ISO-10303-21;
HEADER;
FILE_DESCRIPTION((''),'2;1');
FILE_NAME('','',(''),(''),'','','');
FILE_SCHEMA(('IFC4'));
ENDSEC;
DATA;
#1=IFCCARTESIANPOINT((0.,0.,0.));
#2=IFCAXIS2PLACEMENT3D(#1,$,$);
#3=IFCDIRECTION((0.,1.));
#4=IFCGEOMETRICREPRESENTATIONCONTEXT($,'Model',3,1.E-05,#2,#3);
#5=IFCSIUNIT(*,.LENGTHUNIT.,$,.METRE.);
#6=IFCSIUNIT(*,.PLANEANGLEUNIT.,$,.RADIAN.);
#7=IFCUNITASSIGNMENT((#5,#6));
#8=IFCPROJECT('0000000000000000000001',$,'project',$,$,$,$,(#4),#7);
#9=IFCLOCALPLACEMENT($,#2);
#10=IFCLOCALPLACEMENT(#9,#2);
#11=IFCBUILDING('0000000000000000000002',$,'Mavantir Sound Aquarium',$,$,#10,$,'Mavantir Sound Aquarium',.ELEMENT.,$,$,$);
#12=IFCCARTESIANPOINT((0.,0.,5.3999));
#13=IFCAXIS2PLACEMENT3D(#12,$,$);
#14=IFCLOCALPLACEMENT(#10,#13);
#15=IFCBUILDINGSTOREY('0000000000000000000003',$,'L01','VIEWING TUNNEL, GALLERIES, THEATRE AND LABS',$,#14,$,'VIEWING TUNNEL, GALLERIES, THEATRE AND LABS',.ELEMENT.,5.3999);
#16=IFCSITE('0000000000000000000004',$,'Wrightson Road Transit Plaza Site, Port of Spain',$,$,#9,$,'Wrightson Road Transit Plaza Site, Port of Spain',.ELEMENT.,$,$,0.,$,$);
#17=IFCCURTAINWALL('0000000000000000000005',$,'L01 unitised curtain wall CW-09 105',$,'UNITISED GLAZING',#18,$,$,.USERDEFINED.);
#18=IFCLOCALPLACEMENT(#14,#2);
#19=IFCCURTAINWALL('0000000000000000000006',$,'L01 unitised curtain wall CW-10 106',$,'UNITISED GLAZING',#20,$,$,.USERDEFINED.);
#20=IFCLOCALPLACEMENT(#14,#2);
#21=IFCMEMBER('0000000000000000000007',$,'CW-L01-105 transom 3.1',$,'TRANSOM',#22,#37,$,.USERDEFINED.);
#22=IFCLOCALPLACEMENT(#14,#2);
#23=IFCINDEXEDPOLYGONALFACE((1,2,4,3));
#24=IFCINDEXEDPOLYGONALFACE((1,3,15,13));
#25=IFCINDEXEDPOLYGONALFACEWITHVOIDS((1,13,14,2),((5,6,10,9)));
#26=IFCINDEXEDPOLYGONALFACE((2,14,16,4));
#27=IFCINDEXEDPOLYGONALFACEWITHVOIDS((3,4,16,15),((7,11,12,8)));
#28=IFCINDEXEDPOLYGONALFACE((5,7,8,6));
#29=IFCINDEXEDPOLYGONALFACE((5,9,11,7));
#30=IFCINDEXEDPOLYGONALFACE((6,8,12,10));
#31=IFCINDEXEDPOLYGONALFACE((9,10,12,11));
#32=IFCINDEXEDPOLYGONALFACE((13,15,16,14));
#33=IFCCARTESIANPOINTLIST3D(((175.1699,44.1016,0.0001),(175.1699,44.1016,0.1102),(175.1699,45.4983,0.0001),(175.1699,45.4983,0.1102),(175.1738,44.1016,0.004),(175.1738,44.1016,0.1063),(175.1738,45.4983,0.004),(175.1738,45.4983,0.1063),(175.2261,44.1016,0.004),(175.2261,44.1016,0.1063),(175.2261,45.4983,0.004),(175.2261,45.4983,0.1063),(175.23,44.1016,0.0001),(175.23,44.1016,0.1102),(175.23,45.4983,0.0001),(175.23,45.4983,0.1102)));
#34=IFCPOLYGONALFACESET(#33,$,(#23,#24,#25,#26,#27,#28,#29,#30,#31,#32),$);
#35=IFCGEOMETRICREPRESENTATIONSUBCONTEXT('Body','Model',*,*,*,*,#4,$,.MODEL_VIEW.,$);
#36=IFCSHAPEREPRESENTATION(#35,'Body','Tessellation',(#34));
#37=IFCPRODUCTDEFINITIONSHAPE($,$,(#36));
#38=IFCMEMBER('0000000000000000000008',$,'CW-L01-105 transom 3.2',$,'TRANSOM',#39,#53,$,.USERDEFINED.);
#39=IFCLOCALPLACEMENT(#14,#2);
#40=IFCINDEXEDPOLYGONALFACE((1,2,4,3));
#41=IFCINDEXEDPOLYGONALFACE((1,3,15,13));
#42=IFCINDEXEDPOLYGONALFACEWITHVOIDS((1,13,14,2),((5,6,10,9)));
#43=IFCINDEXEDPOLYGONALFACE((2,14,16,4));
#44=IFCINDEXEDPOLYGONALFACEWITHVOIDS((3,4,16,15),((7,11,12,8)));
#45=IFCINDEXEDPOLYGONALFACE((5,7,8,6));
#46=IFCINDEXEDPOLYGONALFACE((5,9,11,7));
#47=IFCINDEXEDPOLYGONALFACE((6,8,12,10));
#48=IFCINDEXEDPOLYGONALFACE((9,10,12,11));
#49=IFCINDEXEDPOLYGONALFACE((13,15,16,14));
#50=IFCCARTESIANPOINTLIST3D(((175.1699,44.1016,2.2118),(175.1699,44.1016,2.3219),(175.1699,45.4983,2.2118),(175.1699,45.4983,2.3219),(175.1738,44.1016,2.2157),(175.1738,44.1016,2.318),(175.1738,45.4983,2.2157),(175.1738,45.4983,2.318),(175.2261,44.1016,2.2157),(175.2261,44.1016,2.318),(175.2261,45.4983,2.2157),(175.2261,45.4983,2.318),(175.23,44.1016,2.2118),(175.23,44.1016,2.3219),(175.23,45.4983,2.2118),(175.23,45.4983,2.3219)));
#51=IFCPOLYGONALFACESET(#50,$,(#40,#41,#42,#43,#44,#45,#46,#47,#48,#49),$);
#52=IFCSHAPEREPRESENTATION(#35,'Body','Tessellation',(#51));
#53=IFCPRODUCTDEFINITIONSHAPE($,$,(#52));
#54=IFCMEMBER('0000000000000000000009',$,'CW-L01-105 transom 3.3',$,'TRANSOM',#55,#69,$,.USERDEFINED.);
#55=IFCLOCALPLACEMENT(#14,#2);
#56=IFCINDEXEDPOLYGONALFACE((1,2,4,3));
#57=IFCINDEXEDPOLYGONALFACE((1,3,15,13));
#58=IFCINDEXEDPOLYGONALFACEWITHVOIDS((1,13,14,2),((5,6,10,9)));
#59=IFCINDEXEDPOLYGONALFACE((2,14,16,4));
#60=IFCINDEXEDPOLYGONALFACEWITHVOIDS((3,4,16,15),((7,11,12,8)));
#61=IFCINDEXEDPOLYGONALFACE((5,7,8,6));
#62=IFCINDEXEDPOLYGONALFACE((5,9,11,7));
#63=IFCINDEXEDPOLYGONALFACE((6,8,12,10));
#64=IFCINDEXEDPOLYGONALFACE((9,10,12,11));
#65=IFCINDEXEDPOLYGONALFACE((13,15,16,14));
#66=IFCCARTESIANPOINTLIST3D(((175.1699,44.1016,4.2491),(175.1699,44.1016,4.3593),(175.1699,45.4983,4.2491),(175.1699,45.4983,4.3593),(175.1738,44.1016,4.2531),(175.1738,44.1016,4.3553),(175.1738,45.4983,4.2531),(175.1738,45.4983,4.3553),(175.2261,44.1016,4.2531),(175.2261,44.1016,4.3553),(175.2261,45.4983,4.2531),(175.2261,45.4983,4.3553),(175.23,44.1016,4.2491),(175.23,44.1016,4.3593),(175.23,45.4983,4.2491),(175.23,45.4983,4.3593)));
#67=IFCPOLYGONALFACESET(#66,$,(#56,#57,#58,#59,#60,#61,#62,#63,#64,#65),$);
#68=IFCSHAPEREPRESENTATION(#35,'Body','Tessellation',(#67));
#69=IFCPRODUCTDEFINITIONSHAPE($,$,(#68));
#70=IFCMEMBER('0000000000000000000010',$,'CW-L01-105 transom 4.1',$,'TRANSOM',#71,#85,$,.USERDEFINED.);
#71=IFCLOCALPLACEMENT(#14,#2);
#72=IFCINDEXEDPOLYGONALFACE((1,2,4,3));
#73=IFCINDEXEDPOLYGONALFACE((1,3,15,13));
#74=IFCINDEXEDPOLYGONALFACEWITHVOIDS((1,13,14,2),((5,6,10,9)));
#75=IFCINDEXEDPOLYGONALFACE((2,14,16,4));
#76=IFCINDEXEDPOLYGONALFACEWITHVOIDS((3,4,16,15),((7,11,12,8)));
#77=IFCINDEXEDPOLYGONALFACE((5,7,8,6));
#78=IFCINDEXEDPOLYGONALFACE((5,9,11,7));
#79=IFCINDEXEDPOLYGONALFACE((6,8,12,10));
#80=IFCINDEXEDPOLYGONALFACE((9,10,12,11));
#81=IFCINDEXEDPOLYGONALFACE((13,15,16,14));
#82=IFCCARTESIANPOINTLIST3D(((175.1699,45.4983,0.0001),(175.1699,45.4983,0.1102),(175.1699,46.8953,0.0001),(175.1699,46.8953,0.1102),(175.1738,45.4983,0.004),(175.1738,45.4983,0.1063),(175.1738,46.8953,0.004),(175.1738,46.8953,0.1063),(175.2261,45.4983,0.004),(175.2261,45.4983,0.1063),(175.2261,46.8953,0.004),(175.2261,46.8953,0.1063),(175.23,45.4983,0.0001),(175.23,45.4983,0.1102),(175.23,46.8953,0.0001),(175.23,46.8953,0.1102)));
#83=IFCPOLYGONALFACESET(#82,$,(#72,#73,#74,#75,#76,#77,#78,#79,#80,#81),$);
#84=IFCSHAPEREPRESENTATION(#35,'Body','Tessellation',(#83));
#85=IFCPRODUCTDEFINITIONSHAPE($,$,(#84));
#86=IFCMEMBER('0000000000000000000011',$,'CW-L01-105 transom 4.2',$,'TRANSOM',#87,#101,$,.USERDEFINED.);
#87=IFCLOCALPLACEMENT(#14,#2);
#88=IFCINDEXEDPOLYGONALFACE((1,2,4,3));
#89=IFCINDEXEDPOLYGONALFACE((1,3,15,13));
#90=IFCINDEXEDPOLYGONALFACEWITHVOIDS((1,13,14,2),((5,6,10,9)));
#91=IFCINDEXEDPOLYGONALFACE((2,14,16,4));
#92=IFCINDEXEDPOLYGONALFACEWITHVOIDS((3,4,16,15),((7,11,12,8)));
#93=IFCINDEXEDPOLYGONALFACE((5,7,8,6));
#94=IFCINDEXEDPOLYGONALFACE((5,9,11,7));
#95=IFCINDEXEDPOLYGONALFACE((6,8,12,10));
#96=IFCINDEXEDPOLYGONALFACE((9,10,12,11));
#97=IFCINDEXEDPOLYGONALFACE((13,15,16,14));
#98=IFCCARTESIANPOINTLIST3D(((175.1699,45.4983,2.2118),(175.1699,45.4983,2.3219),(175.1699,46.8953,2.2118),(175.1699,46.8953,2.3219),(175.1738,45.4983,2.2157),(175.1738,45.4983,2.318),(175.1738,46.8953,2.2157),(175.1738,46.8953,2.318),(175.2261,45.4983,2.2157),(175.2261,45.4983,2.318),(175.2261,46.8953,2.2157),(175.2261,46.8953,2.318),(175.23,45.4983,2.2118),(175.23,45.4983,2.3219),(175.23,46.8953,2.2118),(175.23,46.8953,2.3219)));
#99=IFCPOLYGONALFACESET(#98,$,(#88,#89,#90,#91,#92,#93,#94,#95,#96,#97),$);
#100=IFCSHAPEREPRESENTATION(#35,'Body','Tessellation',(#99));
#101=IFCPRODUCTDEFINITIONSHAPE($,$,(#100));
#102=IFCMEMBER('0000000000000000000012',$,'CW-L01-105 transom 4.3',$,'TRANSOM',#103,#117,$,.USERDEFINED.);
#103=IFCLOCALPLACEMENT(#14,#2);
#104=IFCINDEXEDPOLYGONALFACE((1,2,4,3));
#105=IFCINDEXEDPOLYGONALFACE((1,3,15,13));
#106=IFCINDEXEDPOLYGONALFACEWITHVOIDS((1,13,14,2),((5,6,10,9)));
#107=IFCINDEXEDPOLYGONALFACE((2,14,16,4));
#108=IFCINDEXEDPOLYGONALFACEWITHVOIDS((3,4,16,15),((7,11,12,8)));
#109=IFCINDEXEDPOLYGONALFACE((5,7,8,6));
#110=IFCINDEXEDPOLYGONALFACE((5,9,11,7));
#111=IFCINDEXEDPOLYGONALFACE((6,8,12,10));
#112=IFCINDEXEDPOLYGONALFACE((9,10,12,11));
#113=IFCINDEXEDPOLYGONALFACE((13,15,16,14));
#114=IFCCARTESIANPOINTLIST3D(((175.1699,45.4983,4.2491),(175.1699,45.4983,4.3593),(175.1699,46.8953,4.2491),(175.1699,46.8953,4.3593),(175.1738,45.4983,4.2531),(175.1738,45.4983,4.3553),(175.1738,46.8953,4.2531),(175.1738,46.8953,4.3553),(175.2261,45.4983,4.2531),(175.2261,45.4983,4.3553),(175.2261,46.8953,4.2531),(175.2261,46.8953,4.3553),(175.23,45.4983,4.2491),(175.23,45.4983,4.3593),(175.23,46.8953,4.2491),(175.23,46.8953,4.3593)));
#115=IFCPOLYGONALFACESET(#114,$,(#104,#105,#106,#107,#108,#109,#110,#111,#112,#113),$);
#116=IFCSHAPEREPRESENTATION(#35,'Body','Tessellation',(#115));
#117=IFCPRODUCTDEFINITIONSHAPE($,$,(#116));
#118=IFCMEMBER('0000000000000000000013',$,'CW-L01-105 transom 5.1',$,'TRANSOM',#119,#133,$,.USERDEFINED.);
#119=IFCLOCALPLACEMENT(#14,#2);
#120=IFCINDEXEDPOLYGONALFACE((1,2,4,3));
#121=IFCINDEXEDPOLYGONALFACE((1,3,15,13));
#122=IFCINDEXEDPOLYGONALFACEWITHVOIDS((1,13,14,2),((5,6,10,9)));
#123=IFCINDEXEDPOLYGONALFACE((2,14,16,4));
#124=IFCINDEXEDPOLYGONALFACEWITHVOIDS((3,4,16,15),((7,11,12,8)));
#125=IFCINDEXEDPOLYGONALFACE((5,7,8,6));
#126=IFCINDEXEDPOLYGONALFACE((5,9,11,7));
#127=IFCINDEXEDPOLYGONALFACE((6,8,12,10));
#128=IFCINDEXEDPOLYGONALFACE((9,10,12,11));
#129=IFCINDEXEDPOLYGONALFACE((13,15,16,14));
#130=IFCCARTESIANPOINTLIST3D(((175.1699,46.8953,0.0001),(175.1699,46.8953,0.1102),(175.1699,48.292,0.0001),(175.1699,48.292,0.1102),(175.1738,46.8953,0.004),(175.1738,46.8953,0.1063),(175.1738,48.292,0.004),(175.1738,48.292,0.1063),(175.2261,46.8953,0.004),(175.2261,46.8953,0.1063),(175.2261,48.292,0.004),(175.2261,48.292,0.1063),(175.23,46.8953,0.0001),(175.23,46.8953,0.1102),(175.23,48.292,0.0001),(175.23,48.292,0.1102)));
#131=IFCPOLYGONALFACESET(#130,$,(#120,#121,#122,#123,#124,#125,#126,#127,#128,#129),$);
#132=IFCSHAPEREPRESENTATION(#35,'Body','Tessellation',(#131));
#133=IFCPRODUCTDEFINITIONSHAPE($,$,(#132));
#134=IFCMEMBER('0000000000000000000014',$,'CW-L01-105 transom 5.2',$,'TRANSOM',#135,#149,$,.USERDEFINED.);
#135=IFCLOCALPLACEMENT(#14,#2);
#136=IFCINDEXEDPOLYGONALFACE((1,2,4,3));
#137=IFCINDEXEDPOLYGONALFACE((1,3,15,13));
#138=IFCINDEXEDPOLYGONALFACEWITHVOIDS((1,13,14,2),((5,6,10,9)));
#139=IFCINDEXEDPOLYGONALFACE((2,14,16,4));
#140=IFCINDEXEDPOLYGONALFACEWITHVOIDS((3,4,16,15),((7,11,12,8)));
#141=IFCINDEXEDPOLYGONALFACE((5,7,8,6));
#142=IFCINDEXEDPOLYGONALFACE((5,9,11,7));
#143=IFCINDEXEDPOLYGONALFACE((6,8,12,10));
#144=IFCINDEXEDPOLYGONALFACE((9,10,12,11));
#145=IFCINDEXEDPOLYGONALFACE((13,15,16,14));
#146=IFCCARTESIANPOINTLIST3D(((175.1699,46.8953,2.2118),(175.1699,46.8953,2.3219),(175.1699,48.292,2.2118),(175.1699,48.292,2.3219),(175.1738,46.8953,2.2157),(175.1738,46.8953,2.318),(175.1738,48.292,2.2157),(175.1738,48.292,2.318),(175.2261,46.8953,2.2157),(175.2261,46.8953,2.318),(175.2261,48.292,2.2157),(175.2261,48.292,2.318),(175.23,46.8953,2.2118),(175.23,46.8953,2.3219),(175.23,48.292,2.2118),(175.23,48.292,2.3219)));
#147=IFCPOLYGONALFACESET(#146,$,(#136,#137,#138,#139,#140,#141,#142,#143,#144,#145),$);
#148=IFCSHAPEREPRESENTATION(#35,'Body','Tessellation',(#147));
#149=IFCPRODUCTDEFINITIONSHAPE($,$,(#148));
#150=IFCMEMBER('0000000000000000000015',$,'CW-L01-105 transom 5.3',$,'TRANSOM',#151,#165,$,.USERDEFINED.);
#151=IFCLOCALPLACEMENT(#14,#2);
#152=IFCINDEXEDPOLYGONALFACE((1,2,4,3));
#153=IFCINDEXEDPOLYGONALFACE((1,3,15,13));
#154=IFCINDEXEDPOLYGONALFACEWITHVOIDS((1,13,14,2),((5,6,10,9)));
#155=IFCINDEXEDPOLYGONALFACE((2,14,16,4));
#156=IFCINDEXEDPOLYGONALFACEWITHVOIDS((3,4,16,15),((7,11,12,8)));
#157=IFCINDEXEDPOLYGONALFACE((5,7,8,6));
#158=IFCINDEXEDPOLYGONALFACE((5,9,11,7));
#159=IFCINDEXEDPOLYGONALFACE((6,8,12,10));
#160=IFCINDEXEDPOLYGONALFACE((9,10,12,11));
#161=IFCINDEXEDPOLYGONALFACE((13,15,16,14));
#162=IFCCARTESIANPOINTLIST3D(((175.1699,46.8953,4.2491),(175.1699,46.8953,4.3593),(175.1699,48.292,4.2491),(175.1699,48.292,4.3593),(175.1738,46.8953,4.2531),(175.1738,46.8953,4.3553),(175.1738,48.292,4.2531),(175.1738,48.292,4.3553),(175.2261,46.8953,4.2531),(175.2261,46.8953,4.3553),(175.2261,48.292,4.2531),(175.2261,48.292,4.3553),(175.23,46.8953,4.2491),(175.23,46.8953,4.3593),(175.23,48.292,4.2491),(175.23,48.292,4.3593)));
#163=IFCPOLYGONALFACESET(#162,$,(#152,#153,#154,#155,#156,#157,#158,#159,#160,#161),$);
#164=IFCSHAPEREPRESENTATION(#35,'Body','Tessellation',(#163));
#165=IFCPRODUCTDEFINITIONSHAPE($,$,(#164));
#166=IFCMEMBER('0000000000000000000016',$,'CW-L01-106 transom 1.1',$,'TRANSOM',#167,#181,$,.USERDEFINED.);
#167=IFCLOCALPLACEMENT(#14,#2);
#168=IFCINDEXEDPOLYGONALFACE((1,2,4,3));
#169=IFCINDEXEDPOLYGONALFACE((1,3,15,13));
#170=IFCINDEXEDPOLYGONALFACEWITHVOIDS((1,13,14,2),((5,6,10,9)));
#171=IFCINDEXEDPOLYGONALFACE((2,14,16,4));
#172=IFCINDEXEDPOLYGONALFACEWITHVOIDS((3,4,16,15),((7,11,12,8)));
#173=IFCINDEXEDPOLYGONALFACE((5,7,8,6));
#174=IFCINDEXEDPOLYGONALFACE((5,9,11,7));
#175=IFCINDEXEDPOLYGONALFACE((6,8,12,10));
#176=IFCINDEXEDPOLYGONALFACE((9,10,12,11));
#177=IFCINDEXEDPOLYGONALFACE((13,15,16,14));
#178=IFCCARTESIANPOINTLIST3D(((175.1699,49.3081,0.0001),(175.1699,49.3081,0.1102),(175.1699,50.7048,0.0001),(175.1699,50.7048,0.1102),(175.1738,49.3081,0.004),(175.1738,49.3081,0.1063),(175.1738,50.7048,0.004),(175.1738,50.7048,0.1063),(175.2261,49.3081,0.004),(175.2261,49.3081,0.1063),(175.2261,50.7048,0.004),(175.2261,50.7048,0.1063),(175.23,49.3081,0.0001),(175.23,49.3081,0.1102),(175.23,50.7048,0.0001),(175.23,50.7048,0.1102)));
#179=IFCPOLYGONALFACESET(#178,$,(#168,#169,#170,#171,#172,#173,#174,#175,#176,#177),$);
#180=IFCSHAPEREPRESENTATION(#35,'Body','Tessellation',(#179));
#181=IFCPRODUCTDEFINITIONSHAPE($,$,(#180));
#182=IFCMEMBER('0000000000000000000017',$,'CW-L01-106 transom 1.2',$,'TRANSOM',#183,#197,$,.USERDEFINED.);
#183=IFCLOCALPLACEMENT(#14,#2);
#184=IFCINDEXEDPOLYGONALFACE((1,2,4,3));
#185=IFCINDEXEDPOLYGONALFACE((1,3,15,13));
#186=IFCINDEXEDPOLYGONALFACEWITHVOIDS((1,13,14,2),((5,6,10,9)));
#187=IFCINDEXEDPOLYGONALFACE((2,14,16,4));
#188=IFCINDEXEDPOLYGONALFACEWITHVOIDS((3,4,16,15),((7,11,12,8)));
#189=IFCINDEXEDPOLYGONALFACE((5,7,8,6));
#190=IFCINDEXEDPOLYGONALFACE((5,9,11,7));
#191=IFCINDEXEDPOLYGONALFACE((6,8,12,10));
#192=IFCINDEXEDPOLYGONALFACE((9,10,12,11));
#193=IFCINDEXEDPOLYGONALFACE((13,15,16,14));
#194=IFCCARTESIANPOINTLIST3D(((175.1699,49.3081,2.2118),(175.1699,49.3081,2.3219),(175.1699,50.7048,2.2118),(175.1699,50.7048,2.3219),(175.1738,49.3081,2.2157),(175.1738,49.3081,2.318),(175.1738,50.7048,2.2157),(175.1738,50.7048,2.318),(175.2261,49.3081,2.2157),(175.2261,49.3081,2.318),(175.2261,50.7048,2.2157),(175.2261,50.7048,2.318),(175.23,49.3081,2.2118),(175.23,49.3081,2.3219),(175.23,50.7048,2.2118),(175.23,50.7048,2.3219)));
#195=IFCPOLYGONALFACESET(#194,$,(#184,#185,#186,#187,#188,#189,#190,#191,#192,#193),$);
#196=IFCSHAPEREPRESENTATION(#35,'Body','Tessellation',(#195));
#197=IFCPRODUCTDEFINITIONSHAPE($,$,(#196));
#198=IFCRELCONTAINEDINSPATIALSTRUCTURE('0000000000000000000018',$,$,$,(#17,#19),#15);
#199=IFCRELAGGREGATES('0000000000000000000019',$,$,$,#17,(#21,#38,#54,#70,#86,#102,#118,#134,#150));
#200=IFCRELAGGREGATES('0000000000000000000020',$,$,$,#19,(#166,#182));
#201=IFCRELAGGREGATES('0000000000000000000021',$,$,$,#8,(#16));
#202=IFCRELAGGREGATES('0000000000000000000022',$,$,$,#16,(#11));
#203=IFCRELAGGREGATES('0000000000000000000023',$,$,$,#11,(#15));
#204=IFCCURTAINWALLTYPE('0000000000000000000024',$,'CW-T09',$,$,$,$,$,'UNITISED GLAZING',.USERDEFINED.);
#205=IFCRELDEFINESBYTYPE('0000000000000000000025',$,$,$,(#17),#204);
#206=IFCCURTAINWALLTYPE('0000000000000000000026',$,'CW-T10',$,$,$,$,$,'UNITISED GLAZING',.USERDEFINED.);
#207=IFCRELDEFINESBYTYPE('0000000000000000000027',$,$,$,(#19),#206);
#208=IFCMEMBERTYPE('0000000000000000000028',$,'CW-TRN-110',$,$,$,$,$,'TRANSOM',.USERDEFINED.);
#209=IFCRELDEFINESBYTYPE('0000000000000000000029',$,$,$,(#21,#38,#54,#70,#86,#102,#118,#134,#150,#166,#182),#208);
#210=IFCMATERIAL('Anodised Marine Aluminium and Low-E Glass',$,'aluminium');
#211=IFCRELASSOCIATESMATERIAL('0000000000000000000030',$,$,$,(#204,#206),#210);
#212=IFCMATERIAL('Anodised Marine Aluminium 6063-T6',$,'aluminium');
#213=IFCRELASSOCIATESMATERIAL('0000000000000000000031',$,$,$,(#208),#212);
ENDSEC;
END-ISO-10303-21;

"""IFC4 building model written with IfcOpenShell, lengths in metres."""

from ifc_helpers import new_model, si_unit, direction, frame, origin, origin_2d, place, context, subcontext, project, spatial, hollow_rectangle, extrude, material, material_profile, profile_set, type_object, element, aggregate, save


model = new_model("IFC4")

# Units and contexts
model_context = context("Model", 3, precision=1e-05, world=origin(), true_north=direction((0.0, 1.0)))
body_context = subcontext(model_context, "Body", "Model", "MODEL_VIEW")
ifc_project = project(units=[si_unit("LENGTHUNIT", "METRE"), si_unit("PLANEANGLEUNIT", "RADIAN")], contexts=[model_context])

# Site, building, storey
site_placement = place(None, origin())
site = spatial("IfcSite", under=ifc_project, at=site_placement, Name="Wrightson Road Transit Plaza Site, Port of Spain", LongName="Wrightson Road Transit Plaza Site, Port of Spain", CompositionType="ELEMENT", RefElevation=0.0)
building_placement = place(site_placement, origin())
building = spatial("IfcBuilding", under=site, at=building_placement, Name="Mavantir Sound Aquarium", LongName="Mavantir Sound Aquarium", CompositionType="ELEMENT")
storey_placement = place(building_placement, frame((0.0, 0.0, 5.3999)))
storey = spatial("IfcBuildingStorey", under=building, at=storey_placement, Name="L01", Description="VIEWING TUNNEL, GALLERIES, THEATRE AND LABS", LongName="VIEWING TUNNEL, GALLERIES, THEATRE AND LABS", CompositionType="ELEMENT", Elevation=5.3999)

# Curtain walls
ifc_material_1 = material(Name="Anodised Marine Aluminium and Low-E Glass", Category="aluminium")
curtain_wall_type_1 = type_object("IfcCurtainWallType", Name="CW-T09", ElementType="UNITISED GLAZING", PredefinedType="USERDEFINED", material=ifc_material_1)
curtain_wall_1_placement = place(storey_placement, origin())
curtain_wall_1 = element("IfcCurtainWall", 1, at=curtain_wall_1_placement, inside=storey, type_object=curtain_wall_type_1, Name="L01 unitised curtain wall CW-09 105", ObjectType="UNITISED GLAZING", PredefinedType="USERDEFINED")
ifc_material_2 = material(Name="Anodised Marine Aluminium 6063-T6", Category="aluminium")
curtain_wall_type_2 = type_object("IfcCurtainWallType", Name="CW-T10", ElementType="UNITISED GLAZING", PredefinedType="USERDEFINED", material=ifc_material_1)
curtain_wall_2_placement = place(storey_placement, origin())
curtain_wall_2 = element("IfcCurtainWall", 2, at=curtain_wall_2_placement, inside=storey, type_object=curtain_wall_type_2, Name="L01 unitised curtain wall CW-10 106", ObjectType="UNITISED GLAZING", PredefinedType="USERDEFINED")

# Members
ifc_material_profile_1 = material_profile(ifc_material_2, hollow_rectangle(XDim=0.0601, YDim=0.1101, WallThickness=0.0039, at=origin_2d()), Name="ALU-TRANSOM-110X60")
ifc_profile_set_1 = profile_set([ifc_material_profile_1], Name="Anodised Marine Aluminium 6063-T6")
member_type_1 = type_object("IfcMemberType", Name="CW-TRN-110", ElementType="TRANSOM", PredefinedType="USERDEFINED", material=ifc_profile_set_1)
member_1_placement = place(storey_placement, frame((175.2, 44.1016, 0.0552), z_axis=(0.0, 1.0, 0.0), x_axis=(-1.0, 0.0, 0.0)))
member_1 = element("IfcMember", 3, at=member_1_placement, type_object=member_type_1, Name="CW-L01-105 transom 3.1", ObjectType="TRANSOM", PredefinedType="USERDEFINED", context=body_context, shape_type="SweptSolid", body=[
    extrude(hollow_rectangle(XDim=0.0601, YDim=0.1101, WallThickness=0.0039, at=origin_2d()), origin(), (0.0, 0.0, 1.0), 1.3967),
])
member_2_placement = place(storey_placement, frame((175.2, 44.1016, 2.2668), z_axis=(0.0, 1.0, 0.0), x_axis=(-1.0, 0.0, 0.0)))
member_2 = element("IfcMember", 4, at=member_2_placement, type_object=member_type_1, Name="CW-L01-105 transom 3.2", ObjectType="TRANSOM", PredefinedType="USERDEFINED", context=body_context, shape_type="SweptSolid", body=[
    extrude(hollow_rectangle(XDim=0.0601, YDim=0.1101, WallThickness=0.0039, at=origin_2d()), origin(), (0.0, 0.0, 1.0), 1.3967),
])
member_3_placement = place(storey_placement, frame((175.2, 44.1016, 4.3042), z_axis=(0.0, 1.0, 0.0), x_axis=(-1.0, 0.0, 0.0)))
member_3 = element("IfcMember", 5, at=member_3_placement, type_object=member_type_1, Name="CW-L01-105 transom 3.3", ObjectType="TRANSOM", PredefinedType="USERDEFINED", context=body_context, shape_type="SweptSolid", body=[
    extrude(hollow_rectangle(XDim=0.0601, YDim=0.1101, WallThickness=0.0039, at=origin_2d()), origin(), (0.0, 0.0, 1.0), 1.3967),
])
member_4_placement = place(storey_placement, frame((175.2, 45.4983, 0.0552), z_axis=(0.0, 1.0, 0.0), x_axis=(-1.0, 0.0, 0.0)))
member_4 = element("IfcMember", 6, at=member_4_placement, type_object=member_type_1, Name="CW-L01-105 transom 4.1", ObjectType="TRANSOM", PredefinedType="USERDEFINED", context=body_context, shape_type="SweptSolid", body=[
    extrude(hollow_rectangle(XDim=0.0601, YDim=0.1101, WallThickness=0.0039, at=origin_2d()), origin(), (0.0, 0.0, 1.0), 1.397),
])
member_5_placement = place(storey_placement, frame((175.2, 45.4983, 2.2668), z_axis=(0.0, 1.0, 0.0), x_axis=(-1.0, 0.0, 0.0)))
member_5 = element("IfcMember", 7, at=member_5_placement, type_object=member_type_1, Name="CW-L01-105 transom 4.2", ObjectType="TRANSOM", PredefinedType="USERDEFINED", context=body_context, shape_type="SweptSolid", body=[
    extrude(hollow_rectangle(XDim=0.0601, YDim=0.1101, WallThickness=0.0039, at=origin_2d()), origin(), (0.0, 0.0, 1.0), 1.397),
])
member_6_placement = place(storey_placement, frame((175.2, 45.4983, 4.3042), z_axis=(0.0, 1.0, 0.0), x_axis=(-1.0, 0.0, 0.0)))
member_6 = element("IfcMember", 8, at=member_6_placement, type_object=member_type_1, Name="CW-L01-105 transom 4.3", ObjectType="TRANSOM", PredefinedType="USERDEFINED", context=body_context, shape_type="SweptSolid", body=[
    extrude(hollow_rectangle(XDim=0.0601, YDim=0.1101, WallThickness=0.0039, at=origin_2d()), origin(), (0.0, 0.0, 1.0), 1.397),
])
member_7_placement = place(storey_placement, frame((175.2, 46.8953, 0.0552), z_axis=(0.0, 1.0, 0.0), x_axis=(-1.0, 0.0, 0.0)))
member_7 = element("IfcMember", 9, at=member_7_placement, type_object=member_type_1, Name="CW-L01-105 transom 5.1", ObjectType="TRANSOM", PredefinedType="USERDEFINED", context=body_context, shape_type="SweptSolid", body=[
    extrude(hollow_rectangle(XDim=0.0601, YDim=0.1101, WallThickness=0.0039, at=origin_2d()), origin(), (0.0, 0.0, 1.0), 1.3967),
])
member_8_placement = place(storey_placement, frame((175.2, 46.8953, 2.2668), z_axis=(0.0, 1.0, 0.0), x_axis=(-1.0, 0.0, 0.0)))
member_8 = element("IfcMember", 10, at=member_8_placement, type_object=member_type_1, Name="CW-L01-105 transom 5.2", ObjectType="TRANSOM", PredefinedType="USERDEFINED", context=body_context, shape_type="SweptSolid", body=[
    extrude(hollow_rectangle(XDim=0.0601, YDim=0.1101, WallThickness=0.0039, at=origin_2d()), origin(), (0.0, 0.0, 1.0), 1.3967),
])
member_9_placement = place(storey_placement, frame((175.2, 46.8953, 4.3042), z_axis=(0.0, 1.0, 0.0), x_axis=(-1.0, 0.0, 0.0)))
member_9 = element("IfcMember", 11, at=member_9_placement, type_object=member_type_1, Name="CW-L01-105 transom 5.3", ObjectType="TRANSOM", PredefinedType="USERDEFINED", context=body_context, shape_type="SweptSolid", body=[
    extrude(hollow_rectangle(XDim=0.0601, YDim=0.1101, WallThickness=0.0039, at=origin_2d()), origin(), (0.0, 0.0, 1.0), 1.3967),
])
member_10_placement = place(storey_placement, frame((175.2, 49.3081, 0.0552), z_axis=(0.0, 1.0, 0.0), x_axis=(-1.0, 0.0, 0.0)))
member_10 = element("IfcMember", 12, at=member_10_placement, type_object=member_type_1, Name="CW-L01-106 transom 1.1", ObjectType="TRANSOM", PredefinedType="USERDEFINED", context=body_context, shape_type="SweptSolid", body=[
    extrude(hollow_rectangle(XDim=0.0601, YDim=0.1101, WallThickness=0.0039, at=origin_2d()), origin(), (0.0, 0.0, 1.0), 1.3967),
])
member_11_placement = place(storey_placement, frame((175.2, 49.3081, 2.2668), z_axis=(0.0, 1.0, 0.0), x_axis=(-1.0, 0.0, 0.0)))
member_11 = element("IfcMember", 13, at=member_11_placement, type_object=member_type_1, Name="CW-L01-106 transom 1.2", ObjectType="TRANSOM", PredefinedType="USERDEFINED", context=body_context, shape_type="SweptSolid", body=[
    extrude(hollow_rectangle(XDim=0.0601, YDim=0.1101, WallThickness=0.0039, at=origin_2d()), origin(), (0.0, 0.0, 1.0), 1.3967),
])

aggregate(curtain_wall_1, [member_1, member_2, member_3, member_4, member_5, member_6, member_7, member_8, member_9])
aggregate(curtain_wall_2, [member_10, member_11])

save(model, "model.ifc")
